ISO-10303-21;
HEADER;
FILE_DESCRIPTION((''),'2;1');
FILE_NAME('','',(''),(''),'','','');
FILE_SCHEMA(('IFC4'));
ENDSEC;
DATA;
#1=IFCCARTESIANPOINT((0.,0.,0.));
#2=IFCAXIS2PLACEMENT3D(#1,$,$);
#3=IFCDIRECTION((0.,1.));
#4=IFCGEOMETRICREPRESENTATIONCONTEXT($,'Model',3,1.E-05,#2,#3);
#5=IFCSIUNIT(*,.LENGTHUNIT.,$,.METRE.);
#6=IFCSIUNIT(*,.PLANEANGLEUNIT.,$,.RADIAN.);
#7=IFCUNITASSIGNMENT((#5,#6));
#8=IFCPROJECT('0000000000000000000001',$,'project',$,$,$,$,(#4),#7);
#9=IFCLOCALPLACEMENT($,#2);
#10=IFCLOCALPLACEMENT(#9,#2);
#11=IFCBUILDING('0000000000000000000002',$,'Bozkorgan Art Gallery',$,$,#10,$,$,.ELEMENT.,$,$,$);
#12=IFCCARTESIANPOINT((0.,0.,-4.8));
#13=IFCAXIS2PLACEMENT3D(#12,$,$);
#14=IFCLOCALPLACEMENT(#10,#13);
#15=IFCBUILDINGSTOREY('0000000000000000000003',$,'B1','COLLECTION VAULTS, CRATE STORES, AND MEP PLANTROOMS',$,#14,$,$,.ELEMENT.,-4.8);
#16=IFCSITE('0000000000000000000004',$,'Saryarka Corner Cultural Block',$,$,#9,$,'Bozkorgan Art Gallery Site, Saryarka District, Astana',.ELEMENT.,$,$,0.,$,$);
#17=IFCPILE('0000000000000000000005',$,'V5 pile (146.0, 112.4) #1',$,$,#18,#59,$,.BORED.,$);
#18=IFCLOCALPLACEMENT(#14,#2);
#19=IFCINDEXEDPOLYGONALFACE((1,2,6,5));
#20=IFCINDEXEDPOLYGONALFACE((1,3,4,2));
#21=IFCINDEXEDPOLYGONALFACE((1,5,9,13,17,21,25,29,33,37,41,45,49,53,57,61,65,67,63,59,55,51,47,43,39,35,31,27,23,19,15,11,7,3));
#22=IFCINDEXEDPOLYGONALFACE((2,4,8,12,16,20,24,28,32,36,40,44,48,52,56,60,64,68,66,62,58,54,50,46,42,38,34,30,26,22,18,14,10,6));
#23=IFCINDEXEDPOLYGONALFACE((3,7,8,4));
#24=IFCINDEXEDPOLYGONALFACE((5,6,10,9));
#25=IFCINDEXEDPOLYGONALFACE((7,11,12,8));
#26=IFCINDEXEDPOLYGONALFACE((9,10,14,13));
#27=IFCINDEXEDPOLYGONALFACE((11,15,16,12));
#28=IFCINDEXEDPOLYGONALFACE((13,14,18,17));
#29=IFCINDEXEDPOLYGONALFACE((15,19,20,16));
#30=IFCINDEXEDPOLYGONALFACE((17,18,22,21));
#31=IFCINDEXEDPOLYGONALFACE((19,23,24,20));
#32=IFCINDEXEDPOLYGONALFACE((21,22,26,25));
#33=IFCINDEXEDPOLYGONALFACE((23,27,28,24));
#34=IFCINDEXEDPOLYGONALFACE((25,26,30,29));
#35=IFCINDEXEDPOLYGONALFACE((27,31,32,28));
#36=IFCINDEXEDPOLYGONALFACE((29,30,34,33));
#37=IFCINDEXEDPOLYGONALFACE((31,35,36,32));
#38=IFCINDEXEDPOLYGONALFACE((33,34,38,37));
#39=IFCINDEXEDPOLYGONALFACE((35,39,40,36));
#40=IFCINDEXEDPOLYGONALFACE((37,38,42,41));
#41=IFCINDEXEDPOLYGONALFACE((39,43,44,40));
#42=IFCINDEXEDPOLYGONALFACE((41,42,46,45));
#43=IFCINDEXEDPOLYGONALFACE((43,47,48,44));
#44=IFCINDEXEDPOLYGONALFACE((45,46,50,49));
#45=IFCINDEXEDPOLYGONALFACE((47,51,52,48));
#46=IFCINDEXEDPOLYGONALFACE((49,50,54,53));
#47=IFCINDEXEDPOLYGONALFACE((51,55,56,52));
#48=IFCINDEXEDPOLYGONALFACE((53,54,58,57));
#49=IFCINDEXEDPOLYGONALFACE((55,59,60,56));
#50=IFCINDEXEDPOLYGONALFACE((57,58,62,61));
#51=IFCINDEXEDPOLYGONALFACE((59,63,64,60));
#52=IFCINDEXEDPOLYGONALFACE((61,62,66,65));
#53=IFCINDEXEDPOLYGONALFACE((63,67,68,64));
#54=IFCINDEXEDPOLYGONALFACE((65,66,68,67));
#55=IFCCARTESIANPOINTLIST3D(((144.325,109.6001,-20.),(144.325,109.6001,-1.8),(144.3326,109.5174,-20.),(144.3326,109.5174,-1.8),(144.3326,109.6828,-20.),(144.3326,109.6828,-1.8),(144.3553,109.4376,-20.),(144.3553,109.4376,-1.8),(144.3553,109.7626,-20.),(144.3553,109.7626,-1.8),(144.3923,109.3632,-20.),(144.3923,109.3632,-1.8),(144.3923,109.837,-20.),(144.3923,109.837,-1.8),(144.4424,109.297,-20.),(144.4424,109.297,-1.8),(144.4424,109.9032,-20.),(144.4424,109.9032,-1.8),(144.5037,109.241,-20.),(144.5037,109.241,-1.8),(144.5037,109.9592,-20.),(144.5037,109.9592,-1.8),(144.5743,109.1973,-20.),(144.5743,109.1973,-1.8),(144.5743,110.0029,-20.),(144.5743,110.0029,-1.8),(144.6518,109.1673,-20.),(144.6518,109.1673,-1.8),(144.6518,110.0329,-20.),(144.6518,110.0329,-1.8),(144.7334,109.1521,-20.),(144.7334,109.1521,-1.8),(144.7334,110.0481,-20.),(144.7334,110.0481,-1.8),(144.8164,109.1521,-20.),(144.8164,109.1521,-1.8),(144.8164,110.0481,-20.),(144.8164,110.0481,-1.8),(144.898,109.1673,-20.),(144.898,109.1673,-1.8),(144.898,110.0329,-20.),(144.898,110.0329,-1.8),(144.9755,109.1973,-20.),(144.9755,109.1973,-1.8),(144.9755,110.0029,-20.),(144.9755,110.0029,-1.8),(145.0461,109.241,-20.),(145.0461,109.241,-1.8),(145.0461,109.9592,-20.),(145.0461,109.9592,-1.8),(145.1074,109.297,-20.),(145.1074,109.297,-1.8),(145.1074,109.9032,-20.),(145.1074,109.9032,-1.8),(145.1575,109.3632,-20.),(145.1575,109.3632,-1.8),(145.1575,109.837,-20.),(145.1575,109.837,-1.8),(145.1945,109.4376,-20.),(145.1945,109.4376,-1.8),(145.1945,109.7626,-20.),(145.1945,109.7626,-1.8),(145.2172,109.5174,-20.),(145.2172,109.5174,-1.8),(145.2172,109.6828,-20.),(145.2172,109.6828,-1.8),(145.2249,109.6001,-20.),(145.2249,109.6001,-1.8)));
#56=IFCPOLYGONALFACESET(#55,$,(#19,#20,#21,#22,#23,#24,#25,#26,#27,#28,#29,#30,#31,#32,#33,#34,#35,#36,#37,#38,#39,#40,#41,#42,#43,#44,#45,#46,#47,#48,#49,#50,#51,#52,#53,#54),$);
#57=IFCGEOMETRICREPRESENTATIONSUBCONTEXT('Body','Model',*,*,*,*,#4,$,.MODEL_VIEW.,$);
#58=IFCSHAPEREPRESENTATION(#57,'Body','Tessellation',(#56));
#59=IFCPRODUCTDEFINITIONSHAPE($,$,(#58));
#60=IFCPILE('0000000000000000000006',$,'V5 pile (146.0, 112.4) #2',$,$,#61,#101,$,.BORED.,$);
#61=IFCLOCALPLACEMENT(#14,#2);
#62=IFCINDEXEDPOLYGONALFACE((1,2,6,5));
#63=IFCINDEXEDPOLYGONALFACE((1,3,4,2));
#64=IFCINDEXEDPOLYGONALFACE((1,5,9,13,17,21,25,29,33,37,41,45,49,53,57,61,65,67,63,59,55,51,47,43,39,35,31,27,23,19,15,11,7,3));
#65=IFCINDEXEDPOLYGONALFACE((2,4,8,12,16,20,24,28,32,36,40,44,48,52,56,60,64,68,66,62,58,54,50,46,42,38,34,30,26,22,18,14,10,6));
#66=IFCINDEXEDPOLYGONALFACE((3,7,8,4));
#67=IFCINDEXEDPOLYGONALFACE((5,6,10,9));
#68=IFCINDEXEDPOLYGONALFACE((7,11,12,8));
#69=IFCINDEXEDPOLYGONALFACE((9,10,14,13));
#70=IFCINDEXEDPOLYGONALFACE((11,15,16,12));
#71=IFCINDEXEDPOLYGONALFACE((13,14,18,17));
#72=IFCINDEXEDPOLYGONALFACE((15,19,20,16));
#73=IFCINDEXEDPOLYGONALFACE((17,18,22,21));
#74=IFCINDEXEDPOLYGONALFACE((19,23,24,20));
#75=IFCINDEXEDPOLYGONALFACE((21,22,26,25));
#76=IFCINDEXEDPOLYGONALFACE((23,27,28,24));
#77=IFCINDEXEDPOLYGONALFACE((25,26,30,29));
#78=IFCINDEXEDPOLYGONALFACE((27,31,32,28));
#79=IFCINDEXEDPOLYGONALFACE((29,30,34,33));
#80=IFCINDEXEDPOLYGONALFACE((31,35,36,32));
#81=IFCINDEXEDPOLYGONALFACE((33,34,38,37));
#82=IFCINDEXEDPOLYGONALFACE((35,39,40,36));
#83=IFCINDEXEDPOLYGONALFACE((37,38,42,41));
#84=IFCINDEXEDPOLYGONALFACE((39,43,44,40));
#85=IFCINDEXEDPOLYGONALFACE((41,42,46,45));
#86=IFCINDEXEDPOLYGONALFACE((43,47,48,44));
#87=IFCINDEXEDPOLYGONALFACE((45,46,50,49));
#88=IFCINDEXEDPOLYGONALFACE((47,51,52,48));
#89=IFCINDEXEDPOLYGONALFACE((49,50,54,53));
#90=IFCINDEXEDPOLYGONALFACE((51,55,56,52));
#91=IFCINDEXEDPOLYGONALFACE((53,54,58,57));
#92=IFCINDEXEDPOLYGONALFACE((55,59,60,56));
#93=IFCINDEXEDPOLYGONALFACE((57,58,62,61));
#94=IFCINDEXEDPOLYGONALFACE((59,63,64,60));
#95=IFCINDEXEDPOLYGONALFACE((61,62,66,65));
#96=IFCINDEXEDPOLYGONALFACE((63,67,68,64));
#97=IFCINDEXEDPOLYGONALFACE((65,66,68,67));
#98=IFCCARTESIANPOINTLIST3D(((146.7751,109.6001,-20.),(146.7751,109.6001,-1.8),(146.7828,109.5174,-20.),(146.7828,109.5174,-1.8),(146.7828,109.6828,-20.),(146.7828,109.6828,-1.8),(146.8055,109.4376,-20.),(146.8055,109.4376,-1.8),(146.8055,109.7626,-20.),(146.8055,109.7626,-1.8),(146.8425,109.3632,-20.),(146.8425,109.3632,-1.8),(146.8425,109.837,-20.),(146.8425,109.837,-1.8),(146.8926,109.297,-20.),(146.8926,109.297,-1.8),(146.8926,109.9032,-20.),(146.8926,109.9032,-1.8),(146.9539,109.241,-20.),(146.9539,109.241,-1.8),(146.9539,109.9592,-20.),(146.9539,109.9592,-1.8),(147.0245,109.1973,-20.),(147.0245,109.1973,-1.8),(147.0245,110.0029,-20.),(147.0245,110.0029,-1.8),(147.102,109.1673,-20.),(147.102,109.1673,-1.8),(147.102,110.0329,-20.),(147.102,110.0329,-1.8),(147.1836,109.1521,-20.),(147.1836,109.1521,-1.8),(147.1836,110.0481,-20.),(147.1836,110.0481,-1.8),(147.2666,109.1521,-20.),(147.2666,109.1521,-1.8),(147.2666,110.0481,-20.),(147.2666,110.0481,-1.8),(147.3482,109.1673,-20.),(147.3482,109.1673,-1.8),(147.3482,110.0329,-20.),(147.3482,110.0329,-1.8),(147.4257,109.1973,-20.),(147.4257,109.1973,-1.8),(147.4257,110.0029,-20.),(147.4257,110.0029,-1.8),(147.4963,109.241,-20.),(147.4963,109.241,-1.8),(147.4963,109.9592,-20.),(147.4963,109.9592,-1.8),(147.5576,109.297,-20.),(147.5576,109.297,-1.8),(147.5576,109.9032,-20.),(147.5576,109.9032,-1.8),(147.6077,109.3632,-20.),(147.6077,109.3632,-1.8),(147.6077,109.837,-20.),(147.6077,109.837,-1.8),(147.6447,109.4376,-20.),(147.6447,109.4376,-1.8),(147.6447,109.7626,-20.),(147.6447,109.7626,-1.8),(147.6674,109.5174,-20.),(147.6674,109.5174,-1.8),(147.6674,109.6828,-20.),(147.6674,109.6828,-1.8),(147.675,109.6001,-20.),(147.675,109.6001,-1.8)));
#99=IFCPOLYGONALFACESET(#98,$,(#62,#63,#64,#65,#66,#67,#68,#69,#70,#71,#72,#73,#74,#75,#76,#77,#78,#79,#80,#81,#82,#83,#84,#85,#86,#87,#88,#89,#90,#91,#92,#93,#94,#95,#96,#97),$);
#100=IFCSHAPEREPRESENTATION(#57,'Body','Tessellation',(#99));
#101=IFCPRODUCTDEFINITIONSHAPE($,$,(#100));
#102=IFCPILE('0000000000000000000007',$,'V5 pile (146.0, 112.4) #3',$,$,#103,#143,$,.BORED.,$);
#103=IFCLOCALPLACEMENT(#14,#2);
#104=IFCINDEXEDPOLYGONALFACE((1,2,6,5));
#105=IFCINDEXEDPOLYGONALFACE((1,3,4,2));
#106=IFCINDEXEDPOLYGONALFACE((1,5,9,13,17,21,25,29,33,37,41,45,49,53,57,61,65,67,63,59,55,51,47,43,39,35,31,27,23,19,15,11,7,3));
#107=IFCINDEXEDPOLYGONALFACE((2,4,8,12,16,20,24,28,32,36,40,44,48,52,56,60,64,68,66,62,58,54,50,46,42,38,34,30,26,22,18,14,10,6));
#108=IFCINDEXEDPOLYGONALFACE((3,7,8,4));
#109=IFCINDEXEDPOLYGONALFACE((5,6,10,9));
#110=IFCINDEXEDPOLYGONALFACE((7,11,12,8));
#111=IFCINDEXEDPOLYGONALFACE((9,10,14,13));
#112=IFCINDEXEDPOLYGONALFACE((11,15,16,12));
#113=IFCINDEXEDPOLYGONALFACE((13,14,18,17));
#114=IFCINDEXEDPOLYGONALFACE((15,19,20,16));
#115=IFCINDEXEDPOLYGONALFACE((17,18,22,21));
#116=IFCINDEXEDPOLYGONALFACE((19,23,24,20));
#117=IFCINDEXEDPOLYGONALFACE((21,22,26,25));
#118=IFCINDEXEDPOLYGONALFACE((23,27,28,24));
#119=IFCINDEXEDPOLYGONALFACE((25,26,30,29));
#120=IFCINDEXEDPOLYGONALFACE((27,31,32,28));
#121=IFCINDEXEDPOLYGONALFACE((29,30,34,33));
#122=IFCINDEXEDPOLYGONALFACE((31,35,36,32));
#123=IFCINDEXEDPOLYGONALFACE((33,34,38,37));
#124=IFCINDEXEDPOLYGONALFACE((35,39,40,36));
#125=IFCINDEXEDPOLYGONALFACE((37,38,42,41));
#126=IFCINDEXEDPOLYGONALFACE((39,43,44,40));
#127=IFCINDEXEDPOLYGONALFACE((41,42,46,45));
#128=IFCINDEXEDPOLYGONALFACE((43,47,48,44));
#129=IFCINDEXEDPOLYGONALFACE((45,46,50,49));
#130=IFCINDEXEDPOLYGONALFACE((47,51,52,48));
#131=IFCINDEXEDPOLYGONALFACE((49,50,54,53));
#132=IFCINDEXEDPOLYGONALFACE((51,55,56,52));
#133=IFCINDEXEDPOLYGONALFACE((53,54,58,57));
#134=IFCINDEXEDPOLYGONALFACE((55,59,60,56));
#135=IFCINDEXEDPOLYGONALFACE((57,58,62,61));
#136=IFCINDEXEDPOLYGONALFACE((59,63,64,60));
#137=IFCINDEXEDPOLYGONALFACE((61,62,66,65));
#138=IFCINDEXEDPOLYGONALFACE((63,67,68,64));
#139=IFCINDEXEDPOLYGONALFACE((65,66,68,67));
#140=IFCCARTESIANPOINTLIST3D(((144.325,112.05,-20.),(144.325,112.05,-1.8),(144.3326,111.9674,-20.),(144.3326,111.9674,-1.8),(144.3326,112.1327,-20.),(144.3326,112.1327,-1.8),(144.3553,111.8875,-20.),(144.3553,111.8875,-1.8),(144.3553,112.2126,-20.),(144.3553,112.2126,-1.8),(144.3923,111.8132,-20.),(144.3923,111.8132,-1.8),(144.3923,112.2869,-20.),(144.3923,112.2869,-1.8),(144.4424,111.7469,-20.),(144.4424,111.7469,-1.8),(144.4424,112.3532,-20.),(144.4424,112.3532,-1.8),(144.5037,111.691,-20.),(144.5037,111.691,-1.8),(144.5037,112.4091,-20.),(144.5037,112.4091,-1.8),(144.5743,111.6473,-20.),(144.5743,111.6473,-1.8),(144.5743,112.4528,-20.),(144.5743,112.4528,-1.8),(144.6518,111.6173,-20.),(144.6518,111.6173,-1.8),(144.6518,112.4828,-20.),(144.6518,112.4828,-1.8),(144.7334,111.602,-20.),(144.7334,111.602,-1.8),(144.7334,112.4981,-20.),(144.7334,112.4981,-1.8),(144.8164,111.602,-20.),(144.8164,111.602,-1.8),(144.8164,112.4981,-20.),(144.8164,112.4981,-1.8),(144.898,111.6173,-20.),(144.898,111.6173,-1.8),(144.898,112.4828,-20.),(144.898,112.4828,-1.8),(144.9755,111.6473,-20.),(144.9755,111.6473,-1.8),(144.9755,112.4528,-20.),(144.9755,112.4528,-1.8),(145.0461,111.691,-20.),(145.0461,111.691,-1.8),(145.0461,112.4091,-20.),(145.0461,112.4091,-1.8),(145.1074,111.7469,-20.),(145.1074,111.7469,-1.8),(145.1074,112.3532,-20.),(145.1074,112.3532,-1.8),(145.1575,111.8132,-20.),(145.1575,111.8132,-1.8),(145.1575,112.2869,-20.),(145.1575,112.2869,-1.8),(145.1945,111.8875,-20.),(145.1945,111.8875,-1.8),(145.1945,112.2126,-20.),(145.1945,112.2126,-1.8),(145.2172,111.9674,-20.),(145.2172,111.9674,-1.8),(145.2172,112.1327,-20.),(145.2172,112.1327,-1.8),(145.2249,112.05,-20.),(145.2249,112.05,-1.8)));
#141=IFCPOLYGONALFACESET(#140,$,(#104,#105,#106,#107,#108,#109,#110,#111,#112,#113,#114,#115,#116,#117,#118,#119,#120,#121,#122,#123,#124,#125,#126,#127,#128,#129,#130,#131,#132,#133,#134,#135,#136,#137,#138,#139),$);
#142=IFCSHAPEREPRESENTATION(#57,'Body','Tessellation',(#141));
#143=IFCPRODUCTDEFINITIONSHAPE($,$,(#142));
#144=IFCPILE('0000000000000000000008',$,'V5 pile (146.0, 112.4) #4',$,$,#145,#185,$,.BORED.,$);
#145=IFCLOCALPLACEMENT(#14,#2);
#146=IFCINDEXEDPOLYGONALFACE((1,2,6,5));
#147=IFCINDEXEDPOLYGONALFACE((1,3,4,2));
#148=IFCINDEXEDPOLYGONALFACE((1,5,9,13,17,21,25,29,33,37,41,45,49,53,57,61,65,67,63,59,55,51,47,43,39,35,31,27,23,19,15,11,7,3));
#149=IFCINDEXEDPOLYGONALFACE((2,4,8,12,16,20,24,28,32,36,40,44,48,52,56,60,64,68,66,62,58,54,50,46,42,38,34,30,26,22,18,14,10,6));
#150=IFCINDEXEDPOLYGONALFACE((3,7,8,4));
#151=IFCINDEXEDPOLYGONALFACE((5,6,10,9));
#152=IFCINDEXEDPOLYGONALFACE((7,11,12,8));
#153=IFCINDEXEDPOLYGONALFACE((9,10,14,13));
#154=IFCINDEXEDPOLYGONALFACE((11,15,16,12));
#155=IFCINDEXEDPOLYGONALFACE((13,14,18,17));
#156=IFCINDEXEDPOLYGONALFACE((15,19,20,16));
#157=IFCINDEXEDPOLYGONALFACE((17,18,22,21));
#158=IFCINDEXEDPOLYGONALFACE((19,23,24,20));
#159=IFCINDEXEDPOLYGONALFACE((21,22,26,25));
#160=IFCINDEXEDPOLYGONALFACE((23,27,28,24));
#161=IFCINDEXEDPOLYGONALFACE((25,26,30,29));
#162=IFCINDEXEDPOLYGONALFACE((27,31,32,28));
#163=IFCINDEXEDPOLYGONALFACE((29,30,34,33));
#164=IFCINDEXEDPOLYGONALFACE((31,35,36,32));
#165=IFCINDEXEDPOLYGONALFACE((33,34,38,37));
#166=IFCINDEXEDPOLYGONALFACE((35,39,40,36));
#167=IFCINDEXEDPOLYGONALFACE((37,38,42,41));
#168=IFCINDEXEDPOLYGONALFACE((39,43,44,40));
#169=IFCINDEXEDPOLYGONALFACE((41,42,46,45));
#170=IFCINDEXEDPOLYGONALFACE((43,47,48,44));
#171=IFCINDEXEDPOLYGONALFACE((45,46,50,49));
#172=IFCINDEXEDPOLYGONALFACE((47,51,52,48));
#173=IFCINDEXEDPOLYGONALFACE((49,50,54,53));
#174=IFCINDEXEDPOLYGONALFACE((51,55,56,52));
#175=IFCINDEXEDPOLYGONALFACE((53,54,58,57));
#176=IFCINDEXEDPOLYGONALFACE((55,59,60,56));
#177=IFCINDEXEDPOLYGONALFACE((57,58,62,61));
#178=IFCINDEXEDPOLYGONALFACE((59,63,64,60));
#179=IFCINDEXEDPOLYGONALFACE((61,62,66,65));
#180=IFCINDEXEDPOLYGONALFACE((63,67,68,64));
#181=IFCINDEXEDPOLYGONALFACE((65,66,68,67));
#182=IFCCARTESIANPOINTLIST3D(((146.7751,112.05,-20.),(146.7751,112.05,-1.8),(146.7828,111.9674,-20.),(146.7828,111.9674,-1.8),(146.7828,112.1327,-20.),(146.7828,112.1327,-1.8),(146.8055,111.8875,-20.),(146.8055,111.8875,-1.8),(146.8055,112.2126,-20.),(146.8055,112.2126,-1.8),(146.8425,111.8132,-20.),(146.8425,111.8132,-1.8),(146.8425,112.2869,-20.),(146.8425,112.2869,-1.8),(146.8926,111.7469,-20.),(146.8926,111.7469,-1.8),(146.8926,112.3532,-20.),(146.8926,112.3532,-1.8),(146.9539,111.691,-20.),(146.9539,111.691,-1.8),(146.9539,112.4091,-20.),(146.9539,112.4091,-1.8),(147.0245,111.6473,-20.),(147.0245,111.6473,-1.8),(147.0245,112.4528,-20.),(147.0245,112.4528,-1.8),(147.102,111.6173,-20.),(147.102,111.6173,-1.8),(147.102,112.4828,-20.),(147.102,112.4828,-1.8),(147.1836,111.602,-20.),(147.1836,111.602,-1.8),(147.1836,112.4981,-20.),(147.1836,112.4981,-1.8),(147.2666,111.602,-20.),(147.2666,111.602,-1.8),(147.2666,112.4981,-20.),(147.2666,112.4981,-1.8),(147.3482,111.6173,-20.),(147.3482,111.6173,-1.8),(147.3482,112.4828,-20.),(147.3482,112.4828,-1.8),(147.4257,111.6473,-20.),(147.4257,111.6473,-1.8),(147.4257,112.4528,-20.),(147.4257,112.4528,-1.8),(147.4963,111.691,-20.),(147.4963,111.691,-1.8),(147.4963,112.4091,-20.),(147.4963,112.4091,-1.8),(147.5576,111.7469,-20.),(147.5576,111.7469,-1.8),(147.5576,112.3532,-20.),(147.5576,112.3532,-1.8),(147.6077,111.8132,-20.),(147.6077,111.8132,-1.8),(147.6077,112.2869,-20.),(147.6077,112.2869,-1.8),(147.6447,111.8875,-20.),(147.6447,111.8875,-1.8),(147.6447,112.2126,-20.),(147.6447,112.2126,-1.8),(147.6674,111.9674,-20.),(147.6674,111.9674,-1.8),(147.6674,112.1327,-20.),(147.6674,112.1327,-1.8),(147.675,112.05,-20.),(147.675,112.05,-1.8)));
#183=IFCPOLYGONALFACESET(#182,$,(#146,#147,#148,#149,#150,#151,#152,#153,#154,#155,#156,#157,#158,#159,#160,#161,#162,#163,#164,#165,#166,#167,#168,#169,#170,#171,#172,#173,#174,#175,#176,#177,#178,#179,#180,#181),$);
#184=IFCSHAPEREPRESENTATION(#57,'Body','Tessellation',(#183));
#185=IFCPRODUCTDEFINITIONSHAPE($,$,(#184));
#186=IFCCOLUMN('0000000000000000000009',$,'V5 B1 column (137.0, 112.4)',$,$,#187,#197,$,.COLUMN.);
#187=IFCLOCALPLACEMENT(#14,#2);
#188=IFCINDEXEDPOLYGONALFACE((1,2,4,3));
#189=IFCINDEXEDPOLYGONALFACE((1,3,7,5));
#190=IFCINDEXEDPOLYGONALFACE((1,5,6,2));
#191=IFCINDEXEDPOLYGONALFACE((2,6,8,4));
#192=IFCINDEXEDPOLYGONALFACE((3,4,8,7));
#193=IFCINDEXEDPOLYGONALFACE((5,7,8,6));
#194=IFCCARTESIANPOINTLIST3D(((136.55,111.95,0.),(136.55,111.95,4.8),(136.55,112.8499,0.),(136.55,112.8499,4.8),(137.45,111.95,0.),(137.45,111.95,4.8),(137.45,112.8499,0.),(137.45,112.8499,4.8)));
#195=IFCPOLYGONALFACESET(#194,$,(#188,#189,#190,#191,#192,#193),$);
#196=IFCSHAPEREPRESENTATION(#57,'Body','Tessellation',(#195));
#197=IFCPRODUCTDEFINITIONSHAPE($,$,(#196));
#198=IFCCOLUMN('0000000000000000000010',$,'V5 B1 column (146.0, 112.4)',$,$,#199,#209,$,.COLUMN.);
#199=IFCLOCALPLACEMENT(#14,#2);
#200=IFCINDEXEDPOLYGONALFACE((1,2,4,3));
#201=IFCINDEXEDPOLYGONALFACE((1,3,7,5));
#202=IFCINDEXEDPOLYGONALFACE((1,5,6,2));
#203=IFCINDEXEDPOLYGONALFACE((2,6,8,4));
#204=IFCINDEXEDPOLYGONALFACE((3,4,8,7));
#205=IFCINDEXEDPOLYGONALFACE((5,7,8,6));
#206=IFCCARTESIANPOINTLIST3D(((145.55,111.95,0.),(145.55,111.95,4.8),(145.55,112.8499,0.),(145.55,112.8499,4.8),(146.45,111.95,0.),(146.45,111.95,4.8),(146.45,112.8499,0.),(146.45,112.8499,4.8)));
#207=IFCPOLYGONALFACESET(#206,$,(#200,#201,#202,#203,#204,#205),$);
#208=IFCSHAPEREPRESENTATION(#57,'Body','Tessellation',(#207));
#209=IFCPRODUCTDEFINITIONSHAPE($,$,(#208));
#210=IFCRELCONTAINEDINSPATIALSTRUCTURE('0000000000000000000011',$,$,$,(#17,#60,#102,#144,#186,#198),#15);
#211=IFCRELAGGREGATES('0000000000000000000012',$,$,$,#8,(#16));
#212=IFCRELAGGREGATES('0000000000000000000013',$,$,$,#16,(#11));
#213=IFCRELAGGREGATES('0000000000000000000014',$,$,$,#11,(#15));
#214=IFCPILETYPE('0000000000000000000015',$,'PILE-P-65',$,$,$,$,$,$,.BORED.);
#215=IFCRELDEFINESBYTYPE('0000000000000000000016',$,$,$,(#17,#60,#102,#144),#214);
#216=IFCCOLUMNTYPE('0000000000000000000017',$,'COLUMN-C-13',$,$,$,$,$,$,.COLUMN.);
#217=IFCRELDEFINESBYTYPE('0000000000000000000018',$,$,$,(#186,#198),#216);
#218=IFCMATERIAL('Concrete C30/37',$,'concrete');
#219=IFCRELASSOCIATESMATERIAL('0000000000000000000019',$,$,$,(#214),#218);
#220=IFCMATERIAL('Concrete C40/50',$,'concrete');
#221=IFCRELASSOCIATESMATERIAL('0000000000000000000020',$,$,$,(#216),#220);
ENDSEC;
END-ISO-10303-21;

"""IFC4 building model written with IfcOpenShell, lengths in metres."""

from ifc_helpers import new_model, si_unit, direction, frame, origin, origin_2d, place, context, subcontext, project, spatial, rectangle, circle, extrude, material, material_profile, profile_set, type_object, element, save


model = new_model("IFC4")

# Units and contexts
model_context = context("Model", 3, precision=1e-05, world=origin(), true_north=direction((0.0, 1.0)))
body_context = subcontext(model_context, "Body", "Model", "MODEL_VIEW")
ifc_project = project(units=[si_unit("LENGTHUNIT", "METRE"), si_unit("PLANEANGLEUNIT", "RADIAN")], contexts=[model_context])

# Site, building, storey
site_placement = place(None, origin())
site = spatial("IfcSite", under=ifc_project, at=site_placement, Name="Saryarka Corner Cultural Block", LongName="Bozkorgan Art Gallery Site, Saryarka District, Astana", CompositionType="ELEMENT", RefElevation=0.0)
building_placement = place(site_placement, origin())
building = spatial("IfcBuilding", under=site, at=building_placement, Name="Bozkorgan Art Gallery", CompositionType="ELEMENT")
storey_placement = place(building_placement, frame((0.0, 0.0, -4.8)))
storey = spatial("IfcBuildingStorey", under=building, at=storey_placement, Name="B1", Description="COLLECTION VAULTS, CRATE STORES, AND MEP PLANTROOMS", CompositionType="ELEMENT", Elevation=-4.8)

# Shared definitions
ifc_material_1 = material(Name="Concrete C30/37", Category="concrete")

# Piles
ifc_material_profile_1 = material_profile(ifc_material_1, circle(Radius=0.45, at=origin_2d()), Name="PILE D900")
ifc_profile_set_1 = profile_set([ifc_material_profile_1], Name="Concrete C30/37")
pile_type = type_object("IfcPileType", Name="PILE-P-65", PredefinedType="BORED", material=ifc_profile_set_1)
for number, where, z_axis, x_axis, name in (
    (1, (144.7749, 109.6001, -1.8), (0.0, 0.0, -1.0), (1.0, 0.0, 0.0), "V5 pile (146.0, 112.4) #1"),
    (2, (147.2251, 109.6001, -1.8), (0.0, 0.0, -1.0), (1.0, 0.0, 0.0), "V5 pile (146.0, 112.4) #2"),
    (3, (144.7749, 112.05, -1.8), (0.0, 0.0, -1.0), (1.0, 0.0, 0.0), "V5 pile (146.0, 112.4) #3"),
    (4, (147.2251, 112.05, -1.8), (0.0, 0.0, -1.0), (1.0, 0.0, 0.0), "V5 pile (146.0, 112.4) #4"),
):
    element("IfcPile", number, at=place(storey_placement, frame(where, z_axis=z_axis, x_axis=x_axis)), inside=storey, type_object=pile_type, Name=name, PredefinedType="BORED", context=body_context, shape_type="SweptSolid", body=[
        extrude(circle(Radius=0.45, at=origin_2d()), origin(), (0.0, 0.0, 1.0), 18.2),
    ])

# Columns
ifc_material_2 = material(Name="Concrete C40/50", Category="concrete")
ifc_material_profile_2 = material_profile(ifc_material_2, rectangle(XDim=0.8999, YDim=0.8999, at=origin_2d()), Name="RC 900x900")
ifc_profile_set_2 = profile_set([ifc_material_profile_2], Name="Concrete C40/50")
column_type_1 = type_object("IfcColumnType", Name="COLUMN-C-13", PredefinedType="COLUMN", material=ifc_profile_set_2)
for number, where, z_axis, x_axis, name in (
    (5, (137.0, 112.3999, 0.0), (0.0, 0.0, 1.0), (1.0, 0.0, 0.0), "V5 B1 column (137.0, 112.4)"),
    (6, (146.0, 112.3999, 0.0), (0.0, 0.0, 1.0), (1.0, 0.0, 0.0), "V5 B1 column (146.0, 112.4)"),
):
    element("IfcColumn", number, at=place(storey_placement, frame(where, z_axis=z_axis, x_axis=x_axis)), inside=storey, type_object=column_type_1, Name=name, PredefinedType="COLUMN", context=body_context, shape_type="SweptSolid", body=[
        extrude(rectangle(XDim=0.8999, YDim=0.8999, at=origin_2d()), origin(), (0.0, 0.0, 1.0), 4.8),
    ])

save(model, "model.ifc")
